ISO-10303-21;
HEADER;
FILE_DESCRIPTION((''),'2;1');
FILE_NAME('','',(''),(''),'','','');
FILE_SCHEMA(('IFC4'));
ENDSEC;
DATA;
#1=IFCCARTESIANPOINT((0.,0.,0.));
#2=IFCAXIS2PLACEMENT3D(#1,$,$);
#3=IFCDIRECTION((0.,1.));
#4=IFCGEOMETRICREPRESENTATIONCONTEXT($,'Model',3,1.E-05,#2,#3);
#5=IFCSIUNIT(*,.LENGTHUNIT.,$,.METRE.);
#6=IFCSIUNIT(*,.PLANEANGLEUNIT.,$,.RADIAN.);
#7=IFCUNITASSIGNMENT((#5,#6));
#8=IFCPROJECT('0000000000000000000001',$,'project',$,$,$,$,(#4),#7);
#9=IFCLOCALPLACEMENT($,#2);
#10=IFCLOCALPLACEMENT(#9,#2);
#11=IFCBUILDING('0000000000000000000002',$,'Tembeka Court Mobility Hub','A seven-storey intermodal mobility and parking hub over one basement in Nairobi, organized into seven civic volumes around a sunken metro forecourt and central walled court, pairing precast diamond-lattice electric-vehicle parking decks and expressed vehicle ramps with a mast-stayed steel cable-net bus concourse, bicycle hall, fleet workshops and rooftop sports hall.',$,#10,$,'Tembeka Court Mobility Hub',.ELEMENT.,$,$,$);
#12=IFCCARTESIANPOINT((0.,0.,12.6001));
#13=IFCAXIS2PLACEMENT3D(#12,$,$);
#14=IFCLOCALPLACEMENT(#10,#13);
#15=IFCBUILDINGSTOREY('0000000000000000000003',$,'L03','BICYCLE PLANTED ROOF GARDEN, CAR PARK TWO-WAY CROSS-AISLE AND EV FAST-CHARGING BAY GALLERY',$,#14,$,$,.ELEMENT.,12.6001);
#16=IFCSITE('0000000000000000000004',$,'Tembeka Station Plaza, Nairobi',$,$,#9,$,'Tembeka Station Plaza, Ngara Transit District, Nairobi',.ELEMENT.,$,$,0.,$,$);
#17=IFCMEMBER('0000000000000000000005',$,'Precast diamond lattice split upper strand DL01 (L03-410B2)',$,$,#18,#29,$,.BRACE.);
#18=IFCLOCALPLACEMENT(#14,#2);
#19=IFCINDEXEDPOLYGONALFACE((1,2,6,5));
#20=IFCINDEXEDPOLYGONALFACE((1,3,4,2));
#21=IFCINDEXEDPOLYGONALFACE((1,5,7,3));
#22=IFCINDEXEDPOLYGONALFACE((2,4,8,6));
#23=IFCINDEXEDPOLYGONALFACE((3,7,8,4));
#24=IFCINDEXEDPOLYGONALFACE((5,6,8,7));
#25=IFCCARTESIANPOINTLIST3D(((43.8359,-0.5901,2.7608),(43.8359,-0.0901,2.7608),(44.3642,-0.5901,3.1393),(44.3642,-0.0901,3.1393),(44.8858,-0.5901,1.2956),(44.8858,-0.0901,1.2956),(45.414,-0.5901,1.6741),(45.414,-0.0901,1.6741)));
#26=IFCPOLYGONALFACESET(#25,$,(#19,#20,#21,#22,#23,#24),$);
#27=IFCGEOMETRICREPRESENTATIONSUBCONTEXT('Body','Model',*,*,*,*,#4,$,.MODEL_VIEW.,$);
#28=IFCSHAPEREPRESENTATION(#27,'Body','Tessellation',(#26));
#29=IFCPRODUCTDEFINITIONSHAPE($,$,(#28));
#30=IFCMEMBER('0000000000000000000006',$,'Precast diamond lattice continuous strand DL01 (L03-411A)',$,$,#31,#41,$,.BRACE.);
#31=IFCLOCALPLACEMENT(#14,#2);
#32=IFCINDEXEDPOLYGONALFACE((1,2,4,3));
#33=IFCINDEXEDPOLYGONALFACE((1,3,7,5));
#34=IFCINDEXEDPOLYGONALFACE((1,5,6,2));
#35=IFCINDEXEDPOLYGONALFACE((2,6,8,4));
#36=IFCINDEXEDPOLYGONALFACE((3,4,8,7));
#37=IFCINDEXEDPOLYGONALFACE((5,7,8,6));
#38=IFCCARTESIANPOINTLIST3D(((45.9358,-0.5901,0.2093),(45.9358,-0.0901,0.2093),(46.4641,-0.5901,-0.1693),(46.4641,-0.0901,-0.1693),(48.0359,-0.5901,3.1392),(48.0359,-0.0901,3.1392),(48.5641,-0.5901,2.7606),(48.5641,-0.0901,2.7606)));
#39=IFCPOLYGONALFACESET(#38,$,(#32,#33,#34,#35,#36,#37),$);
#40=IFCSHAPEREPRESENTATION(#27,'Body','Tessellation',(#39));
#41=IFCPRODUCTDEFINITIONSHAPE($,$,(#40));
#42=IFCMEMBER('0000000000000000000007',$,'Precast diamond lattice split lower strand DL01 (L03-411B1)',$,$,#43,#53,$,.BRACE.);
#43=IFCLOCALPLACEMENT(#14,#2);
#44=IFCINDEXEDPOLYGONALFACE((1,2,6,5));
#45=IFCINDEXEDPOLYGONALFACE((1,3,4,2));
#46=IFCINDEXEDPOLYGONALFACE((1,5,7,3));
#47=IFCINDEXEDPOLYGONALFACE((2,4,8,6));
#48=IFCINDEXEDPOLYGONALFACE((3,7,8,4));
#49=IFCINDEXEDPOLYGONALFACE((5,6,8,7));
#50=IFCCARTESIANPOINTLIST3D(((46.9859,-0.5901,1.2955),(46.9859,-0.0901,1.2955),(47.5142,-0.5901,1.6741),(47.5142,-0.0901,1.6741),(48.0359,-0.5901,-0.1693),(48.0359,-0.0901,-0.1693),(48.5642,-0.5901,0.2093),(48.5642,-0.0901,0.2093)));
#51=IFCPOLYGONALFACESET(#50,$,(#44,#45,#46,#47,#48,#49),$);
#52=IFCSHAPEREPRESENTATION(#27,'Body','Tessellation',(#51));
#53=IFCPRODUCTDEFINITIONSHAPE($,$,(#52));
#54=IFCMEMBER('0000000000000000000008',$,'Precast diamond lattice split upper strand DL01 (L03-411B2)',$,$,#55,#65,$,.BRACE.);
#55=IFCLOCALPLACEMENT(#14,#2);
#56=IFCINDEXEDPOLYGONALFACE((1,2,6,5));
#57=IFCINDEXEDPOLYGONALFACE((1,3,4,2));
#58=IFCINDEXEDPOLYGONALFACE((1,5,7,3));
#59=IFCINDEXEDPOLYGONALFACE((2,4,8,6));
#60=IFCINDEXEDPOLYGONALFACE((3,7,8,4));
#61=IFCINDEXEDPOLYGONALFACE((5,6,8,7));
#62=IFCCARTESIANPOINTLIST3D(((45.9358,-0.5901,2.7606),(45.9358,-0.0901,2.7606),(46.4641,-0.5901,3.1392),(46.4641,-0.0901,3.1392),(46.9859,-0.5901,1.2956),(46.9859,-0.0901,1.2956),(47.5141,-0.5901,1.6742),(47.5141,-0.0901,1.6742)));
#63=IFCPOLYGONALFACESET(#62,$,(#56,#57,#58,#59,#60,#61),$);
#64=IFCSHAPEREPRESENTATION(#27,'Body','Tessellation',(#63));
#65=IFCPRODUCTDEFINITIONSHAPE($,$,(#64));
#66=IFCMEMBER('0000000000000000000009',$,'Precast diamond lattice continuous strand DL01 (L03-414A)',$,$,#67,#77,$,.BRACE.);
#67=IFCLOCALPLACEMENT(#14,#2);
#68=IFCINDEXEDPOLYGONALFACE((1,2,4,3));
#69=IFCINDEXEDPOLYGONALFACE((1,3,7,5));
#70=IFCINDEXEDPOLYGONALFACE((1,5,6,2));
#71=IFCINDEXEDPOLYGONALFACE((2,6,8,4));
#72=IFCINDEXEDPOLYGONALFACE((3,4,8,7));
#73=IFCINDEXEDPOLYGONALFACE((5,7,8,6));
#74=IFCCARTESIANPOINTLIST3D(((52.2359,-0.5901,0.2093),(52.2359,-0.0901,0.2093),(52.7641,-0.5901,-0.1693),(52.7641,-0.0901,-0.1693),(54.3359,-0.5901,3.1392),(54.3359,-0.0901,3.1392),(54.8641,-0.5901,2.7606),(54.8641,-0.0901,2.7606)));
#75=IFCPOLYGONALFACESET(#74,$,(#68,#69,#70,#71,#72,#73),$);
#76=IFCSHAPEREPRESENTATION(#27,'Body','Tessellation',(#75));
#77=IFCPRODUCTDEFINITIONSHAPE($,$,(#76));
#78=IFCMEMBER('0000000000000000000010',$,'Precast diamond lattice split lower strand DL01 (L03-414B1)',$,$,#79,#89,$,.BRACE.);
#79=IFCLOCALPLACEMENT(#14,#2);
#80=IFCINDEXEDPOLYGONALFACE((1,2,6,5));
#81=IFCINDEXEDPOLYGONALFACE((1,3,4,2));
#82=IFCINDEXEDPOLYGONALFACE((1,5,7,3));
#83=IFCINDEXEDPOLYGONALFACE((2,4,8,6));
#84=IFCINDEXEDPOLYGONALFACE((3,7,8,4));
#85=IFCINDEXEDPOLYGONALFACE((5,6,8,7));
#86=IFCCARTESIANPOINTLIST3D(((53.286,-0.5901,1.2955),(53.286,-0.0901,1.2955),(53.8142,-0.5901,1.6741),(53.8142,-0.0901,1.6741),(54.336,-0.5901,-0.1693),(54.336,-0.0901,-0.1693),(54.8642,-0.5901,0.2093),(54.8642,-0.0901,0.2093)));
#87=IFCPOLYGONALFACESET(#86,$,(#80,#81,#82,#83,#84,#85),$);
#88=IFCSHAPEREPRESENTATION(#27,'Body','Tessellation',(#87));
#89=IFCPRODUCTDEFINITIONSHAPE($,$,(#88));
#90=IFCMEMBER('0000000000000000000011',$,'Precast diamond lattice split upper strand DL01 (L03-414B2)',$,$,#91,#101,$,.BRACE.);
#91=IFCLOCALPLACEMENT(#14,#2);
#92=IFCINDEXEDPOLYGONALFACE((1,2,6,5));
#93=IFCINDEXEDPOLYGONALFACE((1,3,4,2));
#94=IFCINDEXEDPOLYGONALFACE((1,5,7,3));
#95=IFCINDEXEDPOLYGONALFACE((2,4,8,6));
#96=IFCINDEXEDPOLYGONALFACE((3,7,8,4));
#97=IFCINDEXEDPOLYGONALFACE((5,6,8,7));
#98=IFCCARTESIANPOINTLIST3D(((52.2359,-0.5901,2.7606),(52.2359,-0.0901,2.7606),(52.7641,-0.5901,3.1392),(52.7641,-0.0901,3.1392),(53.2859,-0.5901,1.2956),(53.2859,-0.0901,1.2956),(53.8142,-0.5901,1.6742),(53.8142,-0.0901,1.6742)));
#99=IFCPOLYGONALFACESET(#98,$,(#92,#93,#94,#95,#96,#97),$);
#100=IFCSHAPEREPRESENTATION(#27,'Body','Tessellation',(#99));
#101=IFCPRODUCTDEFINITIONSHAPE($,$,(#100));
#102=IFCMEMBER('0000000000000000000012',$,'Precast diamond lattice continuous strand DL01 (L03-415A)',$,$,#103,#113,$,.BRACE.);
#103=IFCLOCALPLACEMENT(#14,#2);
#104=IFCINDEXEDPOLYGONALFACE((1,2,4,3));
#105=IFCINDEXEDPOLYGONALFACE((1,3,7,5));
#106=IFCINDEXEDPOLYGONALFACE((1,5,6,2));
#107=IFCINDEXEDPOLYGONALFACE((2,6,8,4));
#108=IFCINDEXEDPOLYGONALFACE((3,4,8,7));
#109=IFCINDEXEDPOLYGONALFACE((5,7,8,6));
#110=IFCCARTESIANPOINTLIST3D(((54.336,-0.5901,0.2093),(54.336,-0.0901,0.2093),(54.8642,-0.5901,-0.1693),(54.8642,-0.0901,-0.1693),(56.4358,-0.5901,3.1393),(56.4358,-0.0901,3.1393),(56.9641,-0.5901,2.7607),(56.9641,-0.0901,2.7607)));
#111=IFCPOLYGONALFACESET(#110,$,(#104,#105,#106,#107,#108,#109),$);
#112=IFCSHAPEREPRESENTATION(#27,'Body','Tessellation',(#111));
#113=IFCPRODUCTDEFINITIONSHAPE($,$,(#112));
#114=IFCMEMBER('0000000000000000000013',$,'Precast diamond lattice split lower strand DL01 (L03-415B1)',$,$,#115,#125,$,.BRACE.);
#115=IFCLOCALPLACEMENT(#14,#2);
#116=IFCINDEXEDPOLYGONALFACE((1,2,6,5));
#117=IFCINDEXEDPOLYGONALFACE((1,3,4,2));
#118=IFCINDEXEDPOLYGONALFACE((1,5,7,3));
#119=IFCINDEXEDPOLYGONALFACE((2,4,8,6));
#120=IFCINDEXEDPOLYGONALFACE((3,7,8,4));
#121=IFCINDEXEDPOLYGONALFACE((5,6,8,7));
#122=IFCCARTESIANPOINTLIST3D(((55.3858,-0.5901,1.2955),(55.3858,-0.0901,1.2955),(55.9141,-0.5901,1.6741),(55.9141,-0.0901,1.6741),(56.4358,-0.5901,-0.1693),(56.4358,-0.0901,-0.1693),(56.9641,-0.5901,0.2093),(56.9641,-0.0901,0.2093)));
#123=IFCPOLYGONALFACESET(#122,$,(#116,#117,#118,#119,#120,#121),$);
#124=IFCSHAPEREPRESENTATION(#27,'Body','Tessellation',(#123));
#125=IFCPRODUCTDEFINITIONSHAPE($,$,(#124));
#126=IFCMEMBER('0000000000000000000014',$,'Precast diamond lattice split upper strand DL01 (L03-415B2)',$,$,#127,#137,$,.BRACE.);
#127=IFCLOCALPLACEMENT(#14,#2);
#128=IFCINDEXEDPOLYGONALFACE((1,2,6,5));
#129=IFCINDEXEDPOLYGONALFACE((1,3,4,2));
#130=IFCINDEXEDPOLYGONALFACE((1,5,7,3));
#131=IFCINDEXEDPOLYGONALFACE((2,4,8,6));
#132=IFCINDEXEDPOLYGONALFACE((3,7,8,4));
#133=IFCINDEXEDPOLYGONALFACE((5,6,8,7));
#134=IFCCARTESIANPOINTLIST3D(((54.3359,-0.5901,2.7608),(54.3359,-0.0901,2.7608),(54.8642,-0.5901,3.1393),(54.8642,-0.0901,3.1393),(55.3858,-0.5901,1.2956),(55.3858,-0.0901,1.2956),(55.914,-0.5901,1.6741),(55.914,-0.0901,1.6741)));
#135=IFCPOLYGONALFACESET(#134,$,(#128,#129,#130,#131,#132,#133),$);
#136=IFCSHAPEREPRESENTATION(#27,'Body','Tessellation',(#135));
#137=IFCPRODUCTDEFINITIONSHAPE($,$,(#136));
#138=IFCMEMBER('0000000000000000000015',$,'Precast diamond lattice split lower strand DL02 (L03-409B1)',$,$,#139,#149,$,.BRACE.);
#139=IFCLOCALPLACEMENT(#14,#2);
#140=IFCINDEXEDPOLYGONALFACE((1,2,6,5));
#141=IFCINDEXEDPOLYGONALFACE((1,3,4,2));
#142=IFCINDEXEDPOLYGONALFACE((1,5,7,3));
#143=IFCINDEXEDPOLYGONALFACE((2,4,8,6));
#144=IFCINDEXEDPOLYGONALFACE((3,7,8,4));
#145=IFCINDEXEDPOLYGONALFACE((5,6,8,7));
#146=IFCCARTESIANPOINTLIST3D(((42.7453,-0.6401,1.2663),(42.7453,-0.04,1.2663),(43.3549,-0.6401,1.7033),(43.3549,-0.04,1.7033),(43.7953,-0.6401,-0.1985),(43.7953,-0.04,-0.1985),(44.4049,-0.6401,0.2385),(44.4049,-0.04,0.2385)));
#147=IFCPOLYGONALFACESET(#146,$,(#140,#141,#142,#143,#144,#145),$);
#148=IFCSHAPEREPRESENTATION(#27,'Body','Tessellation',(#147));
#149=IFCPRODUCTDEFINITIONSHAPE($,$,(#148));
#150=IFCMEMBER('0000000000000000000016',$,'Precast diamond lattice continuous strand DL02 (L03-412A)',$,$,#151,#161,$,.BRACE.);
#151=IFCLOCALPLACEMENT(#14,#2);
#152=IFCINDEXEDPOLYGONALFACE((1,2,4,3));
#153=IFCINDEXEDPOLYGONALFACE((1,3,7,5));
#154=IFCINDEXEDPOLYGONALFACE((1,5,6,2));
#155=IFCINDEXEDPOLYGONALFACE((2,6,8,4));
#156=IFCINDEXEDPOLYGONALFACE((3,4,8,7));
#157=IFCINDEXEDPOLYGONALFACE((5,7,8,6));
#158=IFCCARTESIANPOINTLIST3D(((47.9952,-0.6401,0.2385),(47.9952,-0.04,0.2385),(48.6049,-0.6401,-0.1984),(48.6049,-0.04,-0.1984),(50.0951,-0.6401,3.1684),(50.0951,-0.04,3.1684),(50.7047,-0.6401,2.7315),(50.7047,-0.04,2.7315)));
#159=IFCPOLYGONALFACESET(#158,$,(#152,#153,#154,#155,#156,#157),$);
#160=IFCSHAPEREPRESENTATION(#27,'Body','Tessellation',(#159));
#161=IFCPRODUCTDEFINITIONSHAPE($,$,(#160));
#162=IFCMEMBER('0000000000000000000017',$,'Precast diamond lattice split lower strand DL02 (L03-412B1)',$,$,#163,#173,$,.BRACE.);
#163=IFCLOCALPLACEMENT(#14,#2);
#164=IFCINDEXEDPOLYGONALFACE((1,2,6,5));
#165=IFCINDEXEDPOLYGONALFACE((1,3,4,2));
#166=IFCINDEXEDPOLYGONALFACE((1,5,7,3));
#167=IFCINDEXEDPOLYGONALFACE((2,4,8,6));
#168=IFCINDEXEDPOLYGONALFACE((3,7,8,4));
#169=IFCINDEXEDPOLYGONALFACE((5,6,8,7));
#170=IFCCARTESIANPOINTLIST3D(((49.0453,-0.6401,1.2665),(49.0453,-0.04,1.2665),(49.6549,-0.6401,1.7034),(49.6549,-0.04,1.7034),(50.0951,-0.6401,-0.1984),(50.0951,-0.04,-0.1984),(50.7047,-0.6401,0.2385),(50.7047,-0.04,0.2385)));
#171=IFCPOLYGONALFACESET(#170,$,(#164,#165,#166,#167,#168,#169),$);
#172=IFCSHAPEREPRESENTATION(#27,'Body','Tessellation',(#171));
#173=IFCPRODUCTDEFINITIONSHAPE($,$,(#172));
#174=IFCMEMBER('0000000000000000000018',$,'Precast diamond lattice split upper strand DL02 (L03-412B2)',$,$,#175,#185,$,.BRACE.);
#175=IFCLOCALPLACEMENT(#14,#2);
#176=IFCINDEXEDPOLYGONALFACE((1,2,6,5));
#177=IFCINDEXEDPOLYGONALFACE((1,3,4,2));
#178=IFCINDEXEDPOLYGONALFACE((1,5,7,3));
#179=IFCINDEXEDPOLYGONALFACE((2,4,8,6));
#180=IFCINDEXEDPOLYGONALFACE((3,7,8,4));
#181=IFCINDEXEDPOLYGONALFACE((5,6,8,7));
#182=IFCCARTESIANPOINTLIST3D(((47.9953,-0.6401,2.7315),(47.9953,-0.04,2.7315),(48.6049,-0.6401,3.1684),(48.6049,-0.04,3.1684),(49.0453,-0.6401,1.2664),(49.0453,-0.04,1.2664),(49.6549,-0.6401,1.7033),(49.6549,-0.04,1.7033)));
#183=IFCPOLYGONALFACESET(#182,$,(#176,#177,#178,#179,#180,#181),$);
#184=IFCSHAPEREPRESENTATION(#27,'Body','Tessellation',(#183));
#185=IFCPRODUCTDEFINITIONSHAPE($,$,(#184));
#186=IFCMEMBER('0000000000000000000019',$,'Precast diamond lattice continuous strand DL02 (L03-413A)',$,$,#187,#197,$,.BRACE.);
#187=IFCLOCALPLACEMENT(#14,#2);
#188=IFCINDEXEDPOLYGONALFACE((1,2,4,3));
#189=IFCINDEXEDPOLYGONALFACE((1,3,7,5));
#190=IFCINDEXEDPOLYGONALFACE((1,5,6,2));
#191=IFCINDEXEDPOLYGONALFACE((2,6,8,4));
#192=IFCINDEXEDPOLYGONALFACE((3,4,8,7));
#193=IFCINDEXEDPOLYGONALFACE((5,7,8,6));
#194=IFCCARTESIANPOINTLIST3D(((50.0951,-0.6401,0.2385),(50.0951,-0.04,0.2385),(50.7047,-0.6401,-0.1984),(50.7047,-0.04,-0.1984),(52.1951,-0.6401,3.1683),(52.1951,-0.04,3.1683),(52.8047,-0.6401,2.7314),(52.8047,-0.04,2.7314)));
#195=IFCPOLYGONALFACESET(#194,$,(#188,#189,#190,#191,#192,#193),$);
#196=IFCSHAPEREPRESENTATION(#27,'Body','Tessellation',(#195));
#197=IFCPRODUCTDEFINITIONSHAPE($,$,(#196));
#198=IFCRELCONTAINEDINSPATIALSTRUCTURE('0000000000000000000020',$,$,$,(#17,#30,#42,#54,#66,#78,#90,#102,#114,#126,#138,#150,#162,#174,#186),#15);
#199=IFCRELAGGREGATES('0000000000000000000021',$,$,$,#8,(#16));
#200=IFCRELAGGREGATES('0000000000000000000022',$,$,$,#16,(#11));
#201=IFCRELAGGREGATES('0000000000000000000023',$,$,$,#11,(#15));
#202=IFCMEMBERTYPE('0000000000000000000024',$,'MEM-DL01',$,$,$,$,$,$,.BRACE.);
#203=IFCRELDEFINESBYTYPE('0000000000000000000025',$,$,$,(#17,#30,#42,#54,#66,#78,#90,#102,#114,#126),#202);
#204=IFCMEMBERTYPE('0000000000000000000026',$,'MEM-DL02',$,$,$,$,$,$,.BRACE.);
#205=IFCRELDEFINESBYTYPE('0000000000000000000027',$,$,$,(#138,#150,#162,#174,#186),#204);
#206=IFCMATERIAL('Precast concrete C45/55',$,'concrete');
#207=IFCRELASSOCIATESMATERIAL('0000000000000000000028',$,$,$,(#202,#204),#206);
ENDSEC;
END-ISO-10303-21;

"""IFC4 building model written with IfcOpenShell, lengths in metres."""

from ifc_helpers import new_model, si_unit, direction, frame, origin, origin_2d, place, context, subcontext, project, spatial, rectangle, extrude, material, material_profile, profile_set, type_object, element, save


model = new_model("IFC4")

# Units and contexts
model_context = context("Model", 3, precision=1e-05, world=origin(), true_north=direction((0.0, 1.0)))
body_context = subcontext(model_context, "Body", "Model", "MODEL_VIEW")
ifc_project = project(units=[si_unit("LENGTHUNIT", "METRE"), si_unit("PLANEANGLEUNIT", "RADIAN")], contexts=[model_context])

# Site, building, storey
site_placement = place(None, origin())
site = spatial("IfcSite", under=ifc_project, at=site_placement, Name="Tembeka Station Plaza, Nairobi", LongName="Tembeka Station Plaza, Ngara Transit District, Nairobi", CompositionType="ELEMENT", RefElevation=0.0)
building_placement = place(site_placement, origin())
building = spatial("IfcBuilding", under=site, at=building_placement, Name="Tembeka Court Mobility Hub", Description="A seven-storey intermodal mobility and parking hub over one basement in Nairobi, organized into seven civic volumes around a sunken metro forecourt and central walled court, pairing precast diamond-lattice electric-vehicle parking decks and expressed vehicle ramps with a mast-stayed steel cable-net bus concourse, bicycle hall, fleet workshops and rooftop sports hall.", LongName="Tembeka Court Mobility Hub", CompositionType="ELEMENT")
storey_placement = place(building_placement, frame((0.0, 0.0, 12.6001)))
storey = spatial("IfcBuildingStorey", under=building, at=storey_placement, Name="L03", Description="BICYCLE PLANTED ROOF GARDEN, CAR PARK TWO-WAY CROSS-AISLE AND EV FAST-CHARGING BAY GALLERY", CompositionType="ELEMENT", Elevation=12.6001)

# Shared definitions
ifc_material_1 = material(Name="Precast concrete C45/55", Category="concrete")

# Members
ifc_material_profile_1 = material_profile(ifc_material_1, rectangle(XDim=0.5, YDim=0.6499, at=origin_2d()), Name="PC-DIAG 500x650")
ifc_profile_set_1 = profile_set([ifc_material_profile_1], Name="Precast concrete C45/55")
member_type_1 = type_object("IfcMemberType", Name="MEM-DL01", PredefinedType="BRACE", material=ifc_profile_set_1)
member_1_placement = place(storey_placement, frame((45.1499, -0.3401, 1.4849), z_axis=(-0.582455, 0.0, 0.812863), x_axis=(0.0, -1.0, 0.0)))
element("IfcMember", 1, at=member_1_placement, inside=storey, type_object=member_type_1, Name="Precast diamond lattice split upper strand DL01 (L03-410B2)", PredefinedType="BRACE", context=body_context, shape_type="SweptSolid", body=[
    extrude(rectangle(XDim=0.5, YDim=0.6499, at=origin_2d()), origin(), (0.0, 0.0, 1.0), 1.8025),
])
member_2_placement = place(storey_placement, frame((46.2, -0.3401, 0.02), z_axis=(0.582576, 0.0, 0.812776), x_axis=(0.0, 1.0, 0.0)))
element("IfcMember", 2, at=member_2_placement, inside=storey, type_object=member_type_1, Name="Precast diamond lattice continuous strand DL01 (L03-411A)", PredefinedType="BRACE", context=body_context, shape_type="SweptSolid", body=[
    extrude(rectangle(XDim=0.5, YDim=0.6499, at=origin_2d()), origin(), (0.0, 0.0, 1.0), 3.6047),
])
member_3_placement = place(storey_placement, frame((48.3, -0.3401, 0.02), z_axis=(-0.582608, 0.0, 0.812753), x_axis=(0.0, -1.0, 0.0)))
element("IfcMember", 3, at=member_3_placement, inside=storey, type_object=member_type_1, Name="Precast diamond lattice split lower strand DL01 (L03-411B1)", PredefinedType="BRACE", context=body_context, shape_type="SweptSolid", body=[
    extrude(rectangle(XDim=0.5, YDim=0.6499, at=origin_2d()), origin(), (0.0, 0.0, 1.0), 1.8022),
])
member_4_placement = place(storey_placement, frame((47.25, -0.3401, 1.4849), z_axis=(-0.582544, 0.0, 0.812799), x_axis=(0.0, -1.0, 0.0)))
element("IfcMember", 4, at=member_4_placement, inside=storey, type_object=member_type_1, Name="Precast diamond lattice split upper strand DL01 (L03-411B2)", PredefinedType="BRACE", context=body_context, shape_type="SweptSolid", body=[
    extrude(rectangle(XDim=0.5, YDim=0.6499, at=origin_2d()), origin(), (0.0, 0.0, 1.0), 1.8025),
])
member_5_placement = place(storey_placement, frame((52.5, -0.3401, 0.02), z_axis=(0.582576, 0.0, 0.812776), x_axis=(0.0, 1.0, 0.0)))
element("IfcMember", 5, at=member_5_placement, inside=storey, type_object=member_type_1, Name="Precast diamond lattice continuous strand DL01 (L03-414A)", PredefinedType="BRACE", context=body_context, shape_type="SweptSolid", body=[
    extrude(rectangle(XDim=0.5, YDim=0.6499, at=origin_2d()), origin(), (0.0, 0.0, 1.0), 3.6047),
])
member_6_placement = place(storey_placement, frame((54.6001, -0.3401, 0.02), z_axis=(-0.582608, 0.0, 0.812753), x_axis=(0.0, -1.0, 0.0)))
element("IfcMember", 6, at=member_6_placement, inside=storey, type_object=member_type_1, Name="Precast diamond lattice split lower strand DL01 (L03-414B1)", PredefinedType="BRACE", context=body_context, shape_type="SweptSolid", body=[
    extrude(rectangle(XDim=0.5, YDim=0.6499, at=origin_2d()), origin(), (0.0, 0.0, 1.0), 1.8022),
])
member_7_placement = place(storey_placement, frame((53.55, -0.3401, 1.4849), z_axis=(-0.582544, 0.0, 0.812799), x_axis=(0.0, -1.0, 0.0)))
element("IfcMember", 7, at=member_7_placement, inside=storey, type_object=member_type_1, Name="Precast diamond lattice split upper strand DL01 (L03-414B2)", PredefinedType="BRACE", context=body_context, shape_type="SweptSolid", body=[
    extrude(rectangle(XDim=0.5, YDim=0.6499, at=origin_2d()), origin(), (0.0, 0.0, 1.0), 1.8025),
])
member_8_placement = place(storey_placement, frame((54.6001, -0.3401, 0.02), z_axis=(0.582532, 0.0, 0.812808), x_axis=(0.0, 1.0, 0.0)))
element("IfcMember", 8, at=member_8_placement, inside=storey, type_object=member_type_1, Name="Precast diamond lattice continuous strand DL01 (L03-415A)", PredefinedType="BRACE", context=body_context, shape_type="SweptSolid", body=[
    extrude(rectangle(XDim=0.5, YDim=0.6499, at=origin_2d()), origin(), (0.0, 0.0, 1.0), 3.6047),
])
member_9_placement = place(storey_placement, frame((56.7, -0.3401, 0.02), z_axis=(-0.582608, 0.0, 0.812753), x_axis=(0.0, -1.0, 0.0)))
element("IfcMember", 9, at=member_9_placement, inside=storey, type_object=member_type_1, Name="Precast diamond lattice split lower strand DL01 (L03-415B1)", PredefinedType="BRACE", context=body_context, shape_type="SweptSolid", body=[
    extrude(rectangle(XDim=0.5, YDim=0.6499, at=origin_2d()), origin(), (0.0, 0.0, 1.0), 1.8022),
])
member_10_placement = place(storey_placement, frame((55.6499, -0.3401, 1.4849), z_axis=(-0.582455, 0.0, 0.812863), x_axis=(0.0, -1.0, 0.0)))
element("IfcMember", 10, at=member_10_placement, inside=storey, type_object=member_type_1, Name="Precast diamond lattice split upper strand DL01 (L03-415B2)", PredefinedType="BRACE", context=body_context, shape_type="SweptSolid", body=[
    extrude(rectangle(XDim=0.5, YDim=0.6499, at=origin_2d()), origin(), (0.0, 0.0, 1.0), 1.8025),
])
ifc_material_profile_2 = material_profile(ifc_material_1, rectangle(XDim=0.6001, YDim=0.75, at=origin_2d()), Name="PC-DIAG 600x750")
ifc_profile_set_2 = profile_set([ifc_material_profile_2], Name="Precast concrete C45/55")
member_type_2 = type_object("IfcMemberType", Name="MEM-DL02", PredefinedType="BRACE", material=ifc_profile_set_2)
member_11_placement = place(storey_placement, frame((44.1001, -0.3401, 0.02), z_axis=(-0.582608, 0.0, 0.812753), x_axis=(0.0, -1.0, 0.0)))
element("IfcMember", 11, at=member_11_placement, inside=storey, type_object=member_type_2, Name="Precast diamond lattice split lower strand DL02 (L03-409B1)", PredefinedType="BRACE", context=body_context, shape_type="SweptSolid", body=[
    extrude(rectangle(XDim=0.6001, YDim=0.75, at=origin_2d()), origin(), (0.0, 0.0, 1.0), 1.8022),
])
member_12_placement = place(storey_placement, frame((48.3, -0.3401, 0.02), z_axis=(0.582532, 0.0, 0.812808), x_axis=(0.0, 1.0, 0.0)))
element("IfcMember", 12, at=member_12_placement, inside=storey, type_object=member_type_2, Name="Precast diamond lattice continuous strand DL02 (L03-412A)", PredefinedType="BRACE", context=body_context, shape_type="SweptSolid", body=[
    extrude(rectangle(XDim=0.6001, YDim=0.75, at=origin_2d()), origin(), (0.0, 0.0, 1.0), 3.6047),
])
member_13_placement = place(storey_placement, frame((50.3999, -0.3401, 0.02), z_axis=(-0.582519, 0.0, 0.812817), x_axis=(0.0, -1.0, 0.0)))
element("IfcMember", 13, at=member_13_placement, inside=storey, type_object=member_type_2, Name="Precast diamond lattice split lower strand DL02 (L03-412B1)", PredefinedType="BRACE", context=body_context, shape_type="SweptSolid", body=[
    extrude(rectangle(XDim=0.6001, YDim=0.75, at=origin_2d()), origin(), (0.0, 0.0, 1.0), 1.8022),
])
member_14_placement = place(storey_placement, frame((49.3501, -0.3401, 1.4849), z_axis=(-0.582544, 0.0, 0.812799), x_axis=(0.0, -1.0, 0.0)))
element("IfcMember", 14, at=member_14_placement, inside=storey, type_object=member_type_2, Name="Precast diamond lattice split upper strand DL02 (L03-412B2)", PredefinedType="BRACE", context=body_context, shape_type="SweptSolid", body=[
    extrude(rectangle(XDim=0.6001, YDim=0.75, at=origin_2d()), origin(), (0.0, 0.0, 1.0), 1.8025),
])
member_15_placement = place(storey_placement, frame((50.3999, -0.3401, 0.02), z_axis=(0.582576, 0.0, 0.812776), x_axis=(0.0, 1.0, 0.0)))
element("IfcMember", 15, at=member_15_placement, inside=storey, type_object=member_type_2, Name="Precast diamond lattice continuous strand DL02 (L03-413A)", PredefinedType="BRACE", context=body_context, shape_type="SweptSolid", body=[
    extrude(rectangle(XDim=0.6001, YDim=0.75, at=origin_2d()), origin(), (0.0, 0.0, 1.0), 3.6047),
])

save(model, "model.ifc")
